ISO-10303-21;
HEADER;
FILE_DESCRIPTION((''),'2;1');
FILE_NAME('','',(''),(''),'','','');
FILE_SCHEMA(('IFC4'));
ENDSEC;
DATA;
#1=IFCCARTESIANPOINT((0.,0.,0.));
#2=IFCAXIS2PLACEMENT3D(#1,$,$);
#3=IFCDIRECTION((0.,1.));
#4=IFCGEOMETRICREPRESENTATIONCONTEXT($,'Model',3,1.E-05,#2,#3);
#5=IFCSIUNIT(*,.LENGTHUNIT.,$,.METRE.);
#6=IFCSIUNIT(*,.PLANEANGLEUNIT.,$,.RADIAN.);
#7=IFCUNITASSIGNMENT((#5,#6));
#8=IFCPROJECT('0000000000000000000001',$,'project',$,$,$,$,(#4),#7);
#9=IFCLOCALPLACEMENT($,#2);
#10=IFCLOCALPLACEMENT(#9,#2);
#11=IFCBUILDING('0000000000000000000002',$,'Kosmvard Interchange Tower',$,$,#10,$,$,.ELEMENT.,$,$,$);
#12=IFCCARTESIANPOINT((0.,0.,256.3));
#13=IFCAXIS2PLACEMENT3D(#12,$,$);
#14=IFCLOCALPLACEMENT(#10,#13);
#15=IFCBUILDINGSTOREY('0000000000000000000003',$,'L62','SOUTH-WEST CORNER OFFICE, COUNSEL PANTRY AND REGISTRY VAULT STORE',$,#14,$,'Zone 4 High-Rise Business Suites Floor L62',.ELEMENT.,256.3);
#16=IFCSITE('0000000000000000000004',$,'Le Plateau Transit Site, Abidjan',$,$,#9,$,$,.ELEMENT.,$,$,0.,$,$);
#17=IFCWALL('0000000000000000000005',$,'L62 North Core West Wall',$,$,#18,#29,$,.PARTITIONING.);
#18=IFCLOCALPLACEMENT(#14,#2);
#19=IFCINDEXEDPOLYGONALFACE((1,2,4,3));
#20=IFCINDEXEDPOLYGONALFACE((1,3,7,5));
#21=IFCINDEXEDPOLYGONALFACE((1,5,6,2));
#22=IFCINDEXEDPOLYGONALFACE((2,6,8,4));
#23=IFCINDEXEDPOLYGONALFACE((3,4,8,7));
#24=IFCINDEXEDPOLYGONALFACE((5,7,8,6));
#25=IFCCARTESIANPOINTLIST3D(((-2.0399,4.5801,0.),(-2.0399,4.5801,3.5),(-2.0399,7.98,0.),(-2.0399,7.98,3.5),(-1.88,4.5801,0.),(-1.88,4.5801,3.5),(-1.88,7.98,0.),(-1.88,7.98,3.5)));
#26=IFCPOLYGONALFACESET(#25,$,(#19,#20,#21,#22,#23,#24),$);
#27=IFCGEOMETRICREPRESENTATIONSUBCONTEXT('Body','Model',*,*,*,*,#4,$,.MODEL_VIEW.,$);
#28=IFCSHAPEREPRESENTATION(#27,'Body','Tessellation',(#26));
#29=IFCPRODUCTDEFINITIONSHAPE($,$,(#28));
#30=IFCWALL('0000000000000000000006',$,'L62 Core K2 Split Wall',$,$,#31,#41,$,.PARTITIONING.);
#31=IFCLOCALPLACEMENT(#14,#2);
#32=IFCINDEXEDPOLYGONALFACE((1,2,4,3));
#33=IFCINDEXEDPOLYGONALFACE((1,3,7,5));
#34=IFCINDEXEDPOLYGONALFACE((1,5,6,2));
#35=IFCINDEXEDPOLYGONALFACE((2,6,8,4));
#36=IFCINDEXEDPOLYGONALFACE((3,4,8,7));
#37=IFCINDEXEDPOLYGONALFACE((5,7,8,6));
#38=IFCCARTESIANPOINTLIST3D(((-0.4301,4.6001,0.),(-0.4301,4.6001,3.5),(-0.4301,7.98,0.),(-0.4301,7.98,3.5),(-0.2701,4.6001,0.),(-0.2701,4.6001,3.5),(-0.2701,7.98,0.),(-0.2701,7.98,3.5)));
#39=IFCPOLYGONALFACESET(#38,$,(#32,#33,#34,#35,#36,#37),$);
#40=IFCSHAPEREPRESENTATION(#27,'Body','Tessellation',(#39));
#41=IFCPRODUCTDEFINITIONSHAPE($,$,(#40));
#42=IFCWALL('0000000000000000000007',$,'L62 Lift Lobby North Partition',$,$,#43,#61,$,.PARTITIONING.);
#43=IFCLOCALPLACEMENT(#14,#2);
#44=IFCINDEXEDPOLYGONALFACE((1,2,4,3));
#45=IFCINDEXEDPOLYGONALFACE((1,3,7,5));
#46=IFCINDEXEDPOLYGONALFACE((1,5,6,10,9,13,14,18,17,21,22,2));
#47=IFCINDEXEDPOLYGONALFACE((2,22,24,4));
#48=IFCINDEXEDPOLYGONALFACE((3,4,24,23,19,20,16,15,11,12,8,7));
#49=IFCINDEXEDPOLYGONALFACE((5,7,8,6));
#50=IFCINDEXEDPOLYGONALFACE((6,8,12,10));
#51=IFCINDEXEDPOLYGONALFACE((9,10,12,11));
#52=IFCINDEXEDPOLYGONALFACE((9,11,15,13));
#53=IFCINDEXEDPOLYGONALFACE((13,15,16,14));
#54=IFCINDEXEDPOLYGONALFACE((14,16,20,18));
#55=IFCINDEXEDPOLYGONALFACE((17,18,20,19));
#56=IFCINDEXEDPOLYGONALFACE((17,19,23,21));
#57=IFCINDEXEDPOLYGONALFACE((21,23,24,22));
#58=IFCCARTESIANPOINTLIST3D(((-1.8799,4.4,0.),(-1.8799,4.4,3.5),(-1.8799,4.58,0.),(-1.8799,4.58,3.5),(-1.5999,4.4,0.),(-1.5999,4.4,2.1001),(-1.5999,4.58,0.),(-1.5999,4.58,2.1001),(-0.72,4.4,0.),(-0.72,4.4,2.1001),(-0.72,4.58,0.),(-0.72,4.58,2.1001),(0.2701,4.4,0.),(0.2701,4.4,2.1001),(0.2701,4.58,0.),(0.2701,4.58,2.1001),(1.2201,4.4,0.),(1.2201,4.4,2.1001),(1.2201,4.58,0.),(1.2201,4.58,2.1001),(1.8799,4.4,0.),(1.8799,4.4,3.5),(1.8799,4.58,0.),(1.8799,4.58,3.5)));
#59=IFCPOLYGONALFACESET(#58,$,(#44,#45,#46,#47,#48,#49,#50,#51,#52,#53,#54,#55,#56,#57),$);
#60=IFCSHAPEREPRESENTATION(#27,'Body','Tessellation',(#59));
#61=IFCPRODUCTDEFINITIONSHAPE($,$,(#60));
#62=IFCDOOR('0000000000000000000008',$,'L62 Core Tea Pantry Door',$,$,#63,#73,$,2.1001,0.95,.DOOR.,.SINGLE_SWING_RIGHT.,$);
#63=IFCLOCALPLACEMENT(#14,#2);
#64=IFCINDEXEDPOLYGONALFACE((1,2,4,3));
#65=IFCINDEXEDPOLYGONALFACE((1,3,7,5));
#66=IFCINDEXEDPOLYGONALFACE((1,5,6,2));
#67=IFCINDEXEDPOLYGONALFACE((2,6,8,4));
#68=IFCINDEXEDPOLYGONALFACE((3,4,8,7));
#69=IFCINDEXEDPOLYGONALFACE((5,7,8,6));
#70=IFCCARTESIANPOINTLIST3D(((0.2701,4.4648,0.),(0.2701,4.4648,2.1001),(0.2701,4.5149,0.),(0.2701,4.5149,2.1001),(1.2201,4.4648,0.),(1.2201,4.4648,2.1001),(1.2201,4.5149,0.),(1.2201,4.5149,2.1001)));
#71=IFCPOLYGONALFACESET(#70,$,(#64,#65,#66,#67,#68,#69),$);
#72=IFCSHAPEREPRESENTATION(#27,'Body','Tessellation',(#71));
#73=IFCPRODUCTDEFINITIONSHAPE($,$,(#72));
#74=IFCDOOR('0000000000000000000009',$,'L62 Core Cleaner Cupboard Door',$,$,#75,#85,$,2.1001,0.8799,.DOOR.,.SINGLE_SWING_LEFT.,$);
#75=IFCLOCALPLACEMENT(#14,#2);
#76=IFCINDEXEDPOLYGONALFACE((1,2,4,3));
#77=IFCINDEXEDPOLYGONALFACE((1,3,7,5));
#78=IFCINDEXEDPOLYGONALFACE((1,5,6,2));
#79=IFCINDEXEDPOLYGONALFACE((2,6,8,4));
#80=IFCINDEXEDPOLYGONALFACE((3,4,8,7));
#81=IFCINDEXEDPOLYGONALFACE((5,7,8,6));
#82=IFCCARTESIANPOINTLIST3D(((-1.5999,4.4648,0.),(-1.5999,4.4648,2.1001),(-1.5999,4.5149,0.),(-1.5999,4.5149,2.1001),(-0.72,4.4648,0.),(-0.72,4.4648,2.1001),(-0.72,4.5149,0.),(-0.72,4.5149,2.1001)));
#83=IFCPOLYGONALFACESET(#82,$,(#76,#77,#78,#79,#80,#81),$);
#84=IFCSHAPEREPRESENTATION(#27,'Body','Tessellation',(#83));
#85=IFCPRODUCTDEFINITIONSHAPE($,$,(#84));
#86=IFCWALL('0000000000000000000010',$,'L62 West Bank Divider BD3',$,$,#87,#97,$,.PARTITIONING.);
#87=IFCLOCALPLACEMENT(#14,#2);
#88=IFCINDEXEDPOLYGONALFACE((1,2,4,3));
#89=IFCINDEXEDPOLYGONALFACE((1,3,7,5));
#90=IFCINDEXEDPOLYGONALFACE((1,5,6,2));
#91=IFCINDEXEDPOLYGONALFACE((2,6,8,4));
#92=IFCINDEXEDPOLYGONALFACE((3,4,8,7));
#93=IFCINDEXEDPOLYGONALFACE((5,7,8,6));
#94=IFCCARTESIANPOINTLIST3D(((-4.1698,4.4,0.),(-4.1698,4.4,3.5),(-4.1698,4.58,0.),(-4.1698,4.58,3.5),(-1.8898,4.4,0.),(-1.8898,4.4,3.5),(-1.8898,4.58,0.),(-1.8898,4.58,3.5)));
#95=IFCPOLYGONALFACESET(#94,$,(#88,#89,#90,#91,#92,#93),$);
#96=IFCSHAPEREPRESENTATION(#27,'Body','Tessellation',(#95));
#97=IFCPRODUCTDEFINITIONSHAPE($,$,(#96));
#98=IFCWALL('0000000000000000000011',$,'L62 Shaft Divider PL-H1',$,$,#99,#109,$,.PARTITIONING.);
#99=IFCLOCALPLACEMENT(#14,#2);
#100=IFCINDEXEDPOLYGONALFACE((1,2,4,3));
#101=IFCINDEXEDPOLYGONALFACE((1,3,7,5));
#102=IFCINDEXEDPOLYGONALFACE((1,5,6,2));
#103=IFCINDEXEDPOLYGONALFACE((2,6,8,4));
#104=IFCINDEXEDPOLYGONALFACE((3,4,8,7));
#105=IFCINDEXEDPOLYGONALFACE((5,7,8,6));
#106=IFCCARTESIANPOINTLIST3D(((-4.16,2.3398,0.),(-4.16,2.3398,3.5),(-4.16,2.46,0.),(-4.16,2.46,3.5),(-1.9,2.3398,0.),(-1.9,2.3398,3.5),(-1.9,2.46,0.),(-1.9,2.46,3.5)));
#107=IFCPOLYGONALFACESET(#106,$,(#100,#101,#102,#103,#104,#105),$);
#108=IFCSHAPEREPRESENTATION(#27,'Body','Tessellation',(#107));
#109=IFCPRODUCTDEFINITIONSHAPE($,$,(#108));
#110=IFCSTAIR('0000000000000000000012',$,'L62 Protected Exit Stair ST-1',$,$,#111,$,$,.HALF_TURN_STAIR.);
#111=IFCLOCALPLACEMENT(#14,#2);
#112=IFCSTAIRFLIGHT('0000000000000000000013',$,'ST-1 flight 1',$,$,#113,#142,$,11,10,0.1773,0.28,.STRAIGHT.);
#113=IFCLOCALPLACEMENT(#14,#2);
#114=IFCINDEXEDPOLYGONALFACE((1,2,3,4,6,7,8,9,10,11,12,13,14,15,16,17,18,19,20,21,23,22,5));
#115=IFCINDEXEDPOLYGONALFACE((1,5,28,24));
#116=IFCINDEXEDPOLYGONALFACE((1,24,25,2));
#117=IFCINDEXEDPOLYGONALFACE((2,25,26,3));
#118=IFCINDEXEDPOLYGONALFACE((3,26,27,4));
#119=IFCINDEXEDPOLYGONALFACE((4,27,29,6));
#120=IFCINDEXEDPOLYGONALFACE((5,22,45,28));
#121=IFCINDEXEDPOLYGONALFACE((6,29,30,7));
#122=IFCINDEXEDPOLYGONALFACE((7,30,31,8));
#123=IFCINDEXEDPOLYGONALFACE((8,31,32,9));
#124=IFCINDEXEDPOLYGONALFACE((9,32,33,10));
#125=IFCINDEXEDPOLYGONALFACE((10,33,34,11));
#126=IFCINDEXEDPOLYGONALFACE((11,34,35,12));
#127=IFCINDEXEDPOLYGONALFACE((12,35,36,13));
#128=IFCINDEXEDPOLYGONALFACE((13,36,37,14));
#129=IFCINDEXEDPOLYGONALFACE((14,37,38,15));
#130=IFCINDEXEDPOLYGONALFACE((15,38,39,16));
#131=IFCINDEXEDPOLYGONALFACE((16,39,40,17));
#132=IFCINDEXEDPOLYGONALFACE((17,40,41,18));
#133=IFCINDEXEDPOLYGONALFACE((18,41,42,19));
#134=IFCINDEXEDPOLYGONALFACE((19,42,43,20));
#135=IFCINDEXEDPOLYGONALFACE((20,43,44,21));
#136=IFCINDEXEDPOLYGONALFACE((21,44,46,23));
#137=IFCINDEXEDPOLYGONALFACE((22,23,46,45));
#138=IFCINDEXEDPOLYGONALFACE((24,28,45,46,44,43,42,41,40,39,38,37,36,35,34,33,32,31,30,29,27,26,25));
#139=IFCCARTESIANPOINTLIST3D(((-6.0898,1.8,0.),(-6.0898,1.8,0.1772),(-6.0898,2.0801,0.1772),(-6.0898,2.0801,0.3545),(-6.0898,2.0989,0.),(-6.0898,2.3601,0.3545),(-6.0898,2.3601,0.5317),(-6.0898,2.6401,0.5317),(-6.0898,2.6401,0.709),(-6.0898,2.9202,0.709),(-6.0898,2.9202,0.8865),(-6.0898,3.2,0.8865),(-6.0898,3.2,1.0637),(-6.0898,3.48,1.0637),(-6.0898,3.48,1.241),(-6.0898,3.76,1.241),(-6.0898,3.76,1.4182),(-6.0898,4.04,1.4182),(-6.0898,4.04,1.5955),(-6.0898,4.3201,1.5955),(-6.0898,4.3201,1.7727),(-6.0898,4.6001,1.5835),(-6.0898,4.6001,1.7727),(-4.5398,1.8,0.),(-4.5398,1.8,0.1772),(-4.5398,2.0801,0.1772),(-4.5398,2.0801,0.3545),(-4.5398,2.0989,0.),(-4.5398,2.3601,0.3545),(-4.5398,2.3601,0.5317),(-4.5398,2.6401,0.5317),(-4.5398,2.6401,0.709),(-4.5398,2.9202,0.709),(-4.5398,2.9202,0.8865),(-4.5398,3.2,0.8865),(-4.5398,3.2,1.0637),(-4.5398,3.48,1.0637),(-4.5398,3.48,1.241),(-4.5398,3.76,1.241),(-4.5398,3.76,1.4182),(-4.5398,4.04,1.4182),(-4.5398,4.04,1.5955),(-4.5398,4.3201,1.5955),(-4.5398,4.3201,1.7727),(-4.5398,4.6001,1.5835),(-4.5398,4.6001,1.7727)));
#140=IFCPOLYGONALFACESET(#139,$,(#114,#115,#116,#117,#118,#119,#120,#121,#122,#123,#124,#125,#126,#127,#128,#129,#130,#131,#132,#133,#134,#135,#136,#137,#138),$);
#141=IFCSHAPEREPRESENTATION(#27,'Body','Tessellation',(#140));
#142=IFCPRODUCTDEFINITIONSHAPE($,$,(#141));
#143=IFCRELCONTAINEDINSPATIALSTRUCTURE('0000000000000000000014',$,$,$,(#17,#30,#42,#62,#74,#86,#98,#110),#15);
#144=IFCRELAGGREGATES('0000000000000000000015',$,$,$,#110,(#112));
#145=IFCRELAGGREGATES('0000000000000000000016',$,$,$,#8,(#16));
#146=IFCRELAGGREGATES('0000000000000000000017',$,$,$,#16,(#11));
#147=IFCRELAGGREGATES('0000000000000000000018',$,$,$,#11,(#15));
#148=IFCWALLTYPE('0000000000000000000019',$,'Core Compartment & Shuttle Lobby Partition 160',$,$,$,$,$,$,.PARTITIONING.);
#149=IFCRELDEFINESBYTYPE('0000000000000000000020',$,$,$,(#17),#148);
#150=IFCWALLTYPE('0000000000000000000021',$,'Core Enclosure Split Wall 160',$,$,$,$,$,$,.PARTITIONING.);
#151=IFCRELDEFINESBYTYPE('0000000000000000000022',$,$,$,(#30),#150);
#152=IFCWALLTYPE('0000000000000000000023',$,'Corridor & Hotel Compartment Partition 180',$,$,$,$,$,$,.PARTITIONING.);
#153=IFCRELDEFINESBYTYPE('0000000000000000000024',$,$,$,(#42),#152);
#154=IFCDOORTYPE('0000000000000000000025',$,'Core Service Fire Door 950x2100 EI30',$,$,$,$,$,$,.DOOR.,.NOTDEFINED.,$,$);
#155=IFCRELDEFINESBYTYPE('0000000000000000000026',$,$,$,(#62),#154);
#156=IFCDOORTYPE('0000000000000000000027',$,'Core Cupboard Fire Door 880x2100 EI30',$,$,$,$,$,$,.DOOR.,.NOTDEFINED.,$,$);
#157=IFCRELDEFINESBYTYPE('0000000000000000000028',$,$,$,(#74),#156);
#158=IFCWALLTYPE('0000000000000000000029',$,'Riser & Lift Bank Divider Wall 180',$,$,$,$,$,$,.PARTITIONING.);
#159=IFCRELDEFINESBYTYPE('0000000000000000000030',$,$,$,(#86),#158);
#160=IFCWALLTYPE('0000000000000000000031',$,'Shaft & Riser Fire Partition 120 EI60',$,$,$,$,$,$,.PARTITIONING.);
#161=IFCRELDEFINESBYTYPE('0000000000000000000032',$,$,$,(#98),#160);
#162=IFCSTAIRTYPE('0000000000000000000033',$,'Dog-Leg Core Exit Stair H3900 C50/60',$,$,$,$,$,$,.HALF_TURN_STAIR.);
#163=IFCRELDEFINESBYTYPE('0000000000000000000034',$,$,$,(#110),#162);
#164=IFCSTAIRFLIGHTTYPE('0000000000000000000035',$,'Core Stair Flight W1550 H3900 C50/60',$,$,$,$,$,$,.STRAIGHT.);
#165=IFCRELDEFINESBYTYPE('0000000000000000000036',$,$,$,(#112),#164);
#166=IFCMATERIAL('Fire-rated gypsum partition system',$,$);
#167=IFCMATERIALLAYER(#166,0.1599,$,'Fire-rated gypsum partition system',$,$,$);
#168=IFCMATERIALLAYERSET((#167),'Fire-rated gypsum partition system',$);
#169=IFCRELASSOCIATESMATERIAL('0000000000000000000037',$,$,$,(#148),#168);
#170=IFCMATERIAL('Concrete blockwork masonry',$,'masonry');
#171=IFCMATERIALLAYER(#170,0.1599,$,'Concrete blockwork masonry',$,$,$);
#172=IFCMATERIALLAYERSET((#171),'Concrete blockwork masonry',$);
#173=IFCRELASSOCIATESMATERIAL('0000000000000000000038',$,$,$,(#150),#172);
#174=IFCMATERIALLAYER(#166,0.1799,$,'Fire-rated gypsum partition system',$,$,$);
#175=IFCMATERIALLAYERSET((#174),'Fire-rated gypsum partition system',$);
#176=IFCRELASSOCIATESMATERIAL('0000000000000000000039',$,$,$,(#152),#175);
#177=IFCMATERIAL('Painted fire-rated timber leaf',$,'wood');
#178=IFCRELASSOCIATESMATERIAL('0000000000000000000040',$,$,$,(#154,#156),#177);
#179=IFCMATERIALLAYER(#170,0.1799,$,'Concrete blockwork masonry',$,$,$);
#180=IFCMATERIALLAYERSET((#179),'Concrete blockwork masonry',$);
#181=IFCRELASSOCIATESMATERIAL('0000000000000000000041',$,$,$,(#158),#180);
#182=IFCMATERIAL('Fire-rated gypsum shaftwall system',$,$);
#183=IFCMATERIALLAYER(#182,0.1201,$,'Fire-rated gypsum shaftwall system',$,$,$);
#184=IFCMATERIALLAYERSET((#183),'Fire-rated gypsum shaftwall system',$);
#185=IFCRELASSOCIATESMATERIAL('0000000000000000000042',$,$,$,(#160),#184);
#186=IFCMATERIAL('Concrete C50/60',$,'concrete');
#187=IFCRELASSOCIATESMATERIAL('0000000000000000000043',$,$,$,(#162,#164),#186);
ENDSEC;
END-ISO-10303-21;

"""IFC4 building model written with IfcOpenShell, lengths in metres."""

from ifc_helpers import new_model, si_unit, direction, frame, frame_2d, origin, place, context, subcontext, project, spatial, polyline, rectangle, outline, extrude, source, transform, mapped, material, layer, layer_set, type_object, element, fill, aggregate, save


model = new_model("IFC4")

# Units and contexts
model_context = context("Model", 3, precision=1e-05, world=origin(), true_north=direction((0.0, 1.0)))
body_context = subcontext(model_context, "Body", "Model", "MODEL_VIEW")
ifc_project = project(units=[si_unit("LENGTHUNIT", "METRE"), si_unit("PLANEANGLEUNIT", "RADIAN")], contexts=[model_context])

# Site, building, storey
site_placement = place(None, origin())
site = spatial("IfcSite", under=ifc_project, at=site_placement, Name="Le Plateau Transit Site, Abidjan", CompositionType="ELEMENT", RefElevation=0.0)
building_placement = place(site_placement, origin())
building = spatial("IfcBuilding", under=site, at=building_placement, Name="Kosmvard Interchange Tower", CompositionType="ELEMENT")
storey_placement = place(building_placement, frame((0.0, 0.0, 256.3)))
storey = spatial("IfcBuildingStorey", under=building, at=storey_placement, Name="L62", Description="SOUTH-WEST CORNER OFFICE, COUNSEL PANTRY AND REGISTRY VAULT STORE", LongName="Zone 4 High-Rise Business Suites Floor L62", CompositionType="ELEMENT", Elevation=256.3)

# Walls
ifc_material_1 = material(Name="Fire-rated gypsum partition system")
ifc_layer_1 = layer(ifc_material_1, 0.1599, Name="Fire-rated gypsum partition system")
ifc_layer_set_1 = layer_set([ifc_layer_1], Name="Fire-rated gypsum partition system")
wall_type_1 = type_object("IfcWallType", Name="Core Compartment & Shuttle Lobby Partition 160", PredefinedType="PARTITIONING", material=ifc_layer_set_1)
wall_1_placement = place(storey_placement, frame((-1.96, 4.5801, 0.0), z_axis=(0.0, 0.0, 1.0), x_axis=(0.0, 1.0, 0.0)))
element("IfcWall", 1, at=wall_1_placement, inside=storey, type_object=wall_type_1, Name="L62 North Core West Wall", PredefinedType="PARTITIONING", context=body_context, shape_type="SweptSolid", body=[
    extrude(rectangle(XDim=3.3999, YDim=0.1599, at=frame_2d((1.7, 0.0))), origin(), (0.0, 0.0, 1.0), 3.5),
])
ifc_material_2 = material(Name="Concrete blockwork masonry", Category="masonry")
ifc_layer_2 = layer(ifc_material_2, 0.1599, Name="Concrete blockwork masonry")
ifc_layer_set_2 = layer_set([ifc_layer_2], Name="Concrete blockwork masonry")
wall_type_2 = type_object("IfcWallType", Name="Core Enclosure Split Wall 160", PredefinedType="PARTITIONING", material=ifc_layer_set_2)
wall_2_placement = place(storey_placement, frame((-0.3501, 4.6001, 0.0), z_axis=(0.0, 0.0, 1.0), x_axis=(0.0, 1.0, 0.0)))
element("IfcWall", 2, at=wall_2_placement, inside=storey, type_object=wall_type_2, Name="L62 Core K2 Split Wall", PredefinedType="PARTITIONING", context=body_context, shape_type="SweptSolid", body=[
    extrude(rectangle(XDim=3.3799, YDim=0.1599, at=frame_2d((1.6899, 0.0))), origin(), (0.0, 0.0, 1.0), 3.5),
])

# Wall, openings, doors
ifc_layer_3 = layer(ifc_material_1, 0.1799, Name="Fire-rated gypsum partition system")
ifc_layer_set_3 = layer_set([ifc_layer_3], Name="Fire-rated gypsum partition system")
wall_type_3 = type_object("IfcWallType", Name="Corridor & Hotel Compartment Partition 180", PredefinedType="PARTITIONING", material=ifc_layer_set_3)
wall_3_placement = place(storey_placement, frame((-1.8799, 4.49, 0.0), z_axis=(0.0, 0.0, 1.0), x_axis=(1.0, 0.0, 0.0)))
wall_3 = element("IfcWall", 3, at=wall_3_placement, inside=storey, type_object=wall_type_3, Name="L62 Lift Lobby North Partition", PredefinedType="PARTITIONING", context=body_context, shape_type="SweptSolid", body=[
    extrude(rectangle(XDim=3.7598, YDim=0.1799, at=frame_2d((1.8799, 0.0))), origin(), (0.0, 0.0, 1.0), 3.5),
])
opening_1_placement = place(wall_3_placement, frame((0.28, 0.0, 0.0)))
opening_1 = element("IfcOpeningElement", 4, at=opening_1_placement, cuts=wall_3, PredefinedType="OPENING", context=body_context, shape_type="SweptSolid", body=[
    extrude(rectangle(XDim=0.8799, YDim=2.1001, at=frame_2d((0.4399, 1.05))), frame((0.0, 0.1001, 0.0), z_axis=(0.0, -1.0, 0.0), x_axis=(1.0, 0.0, 0.0)), (0.0, 0.0, 1.0), 0.2),
])
opening_2_placement = place(wall_3_placement, frame((2.1499, 0.0, 0.0)))
opening_2 = element("IfcOpeningElement", 5, at=opening_2_placement, cuts=wall_3, PredefinedType="OPENING", context=body_context, shape_type="SweptSolid", body=[
    extrude(rectangle(XDim=0.95, YDim=2.1001, at=frame_2d((0.4751, 1.05))), frame((0.0, 0.1001, 0.0), z_axis=(0.0, -1.0, 0.0), x_axis=(1.0, 0.0, 0.0)), (0.0, 0.0, 1.0), 0.2),
])
ifc_material_3 = material(Name="Painted fire-rated timber leaf", Category="wood")
door_type_1 = type_object("IfcDoorType", Name="Core Service Fire Door 950x2100 EI30", OperationType="NOTDEFINED", PredefinedType="DOOR", material=ifc_material_3)
shared_shape_1 = source(origin(), body_context, "Body", "SweptSolid", [
    extrude(rectangle(XDim=0.95, YDim=2.1001, at=frame_2d((0.4751, 1.05))), frame((0.0, 0.0249, 0.0), z_axis=(0.0, -1.0, 0.0), x_axis=(1.0, 0.0, 0.0)), (0.0, 0.0, 1.0), 0.05),
])
door_1_placement = place(opening_2_placement, origin())
door_1 = element("IfcDoor", 6, at=door_1_placement, inside=storey, type_object=door_type_1, Name="L62 Core Tea Pantry Door", OperationType="SINGLE_SWING_RIGHT", OverallHeight=2.1001, OverallWidth=0.95, PredefinedType="DOOR", context=body_context, shape_type="MappedRepresentation", body=[
    mapped(shared_shape_1, transform((0.0, 0.0, 0.0), scale=1.0)),
])
fill(opening_2, door_1)
door_type_2 = type_object("IfcDoorType", Name="Core Cupboard Fire Door 880x2100 EI30", OperationType="NOTDEFINED", PredefinedType="DOOR", material=ifc_material_3)
shared_shape_2 = source(origin(), body_context, "Body", "SweptSolid", [
    extrude(rectangle(XDim=0.8799, YDim=2.1001, at=frame_2d((0.4399, 1.05))), frame((0.0, 0.0249, 0.0), z_axis=(0.0, -1.0, 0.0), x_axis=(1.0, 0.0, 0.0)), (0.0, 0.0, 1.0), 0.05),
])
door_2_placement = place(opening_1_placement, origin())
door_2 = element("IfcDoor", 7, at=door_2_placement, inside=storey, type_object=door_type_2, Name="L62 Core Cleaner Cupboard Door", OperationType="SINGLE_SWING_LEFT", OverallHeight=2.1001, OverallWidth=0.8799, PredefinedType="DOOR", context=body_context, shape_type="MappedRepresentation", body=[
    mapped(shared_shape_2, transform((0.0, 0.0, 0.0), scale=1.0)),
])
fill(opening_1, door_2)

# Walls
ifc_layer_4 = layer(ifc_material_2, 0.1799, Name="Concrete blockwork masonry")
ifc_layer_set_4 = layer_set([ifc_layer_4], Name="Concrete blockwork masonry")
wall_type_4 = type_object("IfcWallType", Name="Riser & Lift Bank Divider Wall 180", PredefinedType="PARTITIONING", material=ifc_layer_set_4)
wall_4_placement = place(storey_placement, frame((-4.1699, 4.49, 0.0), z_axis=(0.0, 0.0, 1.0), x_axis=(1.0, 0.0, 0.0)))
element("IfcWall", 8, at=wall_4_placement, inside=storey, type_object=wall_type_4, Name="L62 West Bank Divider BD3", PredefinedType="PARTITIONING", context=body_context, shape_type="SweptSolid", body=[
    extrude(rectangle(XDim=2.28, YDim=0.1799, at=frame_2d((1.1401, 0.0))), origin(), (0.0, 0.0, 1.0), 3.5),
])
ifc_material_4 = material(Name="Fire-rated gypsum shaftwall system")
ifc_layer_5 = layer(ifc_material_4, 0.1201, Name="Fire-rated gypsum shaftwall system")
ifc_layer_set_5 = layer_set([ifc_layer_5], Name="Fire-rated gypsum shaftwall system")
wall_type_5 = type_object("IfcWallType", Name="Shaft & Riser Fire Partition 120 EI60", PredefinedType="PARTITIONING", material=ifc_layer_set_5)
wall_5_placement = place(storey_placement, frame((-4.1599, 2.3999, 0.0), z_axis=(0.0, 0.0, 1.0), x_axis=(1.0, 0.0, 0.0)))
element("IfcWall", 9, at=wall_5_placement, inside=storey, type_object=wall_type_5, Name="L62 Shaft Divider PL-H1", PredefinedType="PARTITIONING", context=body_context, shape_type="SweptSolid", body=[
    extrude(rectangle(XDim=2.26, YDim=0.1201, at=frame_2d((1.1299, 0.0))), origin(), (0.0, 0.0, 1.0), 3.5),
])

# Stair, stair flight
ifc_material_5 = material(Name="Concrete C50/60", Category="concrete")
stair_type = type_object("IfcStairType", Name="Dog-Leg Core Exit Stair H3900 C50/60", PredefinedType="HALF_TURN_STAIR", material=ifc_material_5)
stair_placement = place(storey_placement, origin())
stair = element("IfcStair", 10, at=stair_placement, inside=storey, type_object=stair_type, Name="L62 Protected Exit Stair ST-1", PredefinedType="HALF_TURN_STAIR")
stair_flight_type = type_object("IfcStairFlightType", Name="Core Stair Flight W1550 H3900 C50/60", PredefinedType="STRAIGHT", material=ifc_material_5)
shared_shape_3 = source(origin(), body_context, "Body", "SweptSolid", [
    extrude(outline(polyline([(0.0, 0.0), (0.0, 0.1772), (0.28, 0.1772), (0.28, 0.3545), (0.5601, 0.3545), (0.5601, 0.5317), (0.8401, 0.5317), (0.8401, 0.709), (1.1201, 0.709), (1.1201, 0.8865), (1.3999, 0.8865), (1.3999, 1.0637), (1.6799, 1.0637), (1.6799, 1.241), (1.96, 1.241), (1.96, 1.4182), (2.24, 1.4182), (2.24, 1.5955), (2.52, 1.5955), (2.52, 1.7727), (2.8, 1.7727), (2.8, 1.95), (2.8, 1.5835), (0.2988, 0.0), (0.0, 0.0)])), frame((0.0, 0.7749, 0.0), z_axis=(0.0, -1.0, 0.0), x_axis=(1.0, 0.0, 0.0)), (0.0, 0.0, 1.0), 1.55),
])
stair_flight_1_placement = place(storey_placement, frame((-5.3149, 1.8, 0.0), z_axis=(0.0, 0.0, 1.0), x_axis=(0.0, 1.0, 0.0)))
stair_flight_1 = element("IfcStairFlight", 11, at=stair_flight_1_placement, type_object=stair_flight_type, Name="ST-1 flight 1", NumberOfRisers=11, NumberOfTreads=10, PredefinedType="STRAIGHT", RiserHeight=0.1773, TreadLength=0.28, context=body_context, shape_type="MappedRepresentation", body=[
    mapped(shared_shape_3, transform((0.0, 0.0, 0.0), scale=1.0)),
])
aggregate(stair, [stair_flight_1])

save(model, "model.ifc")
